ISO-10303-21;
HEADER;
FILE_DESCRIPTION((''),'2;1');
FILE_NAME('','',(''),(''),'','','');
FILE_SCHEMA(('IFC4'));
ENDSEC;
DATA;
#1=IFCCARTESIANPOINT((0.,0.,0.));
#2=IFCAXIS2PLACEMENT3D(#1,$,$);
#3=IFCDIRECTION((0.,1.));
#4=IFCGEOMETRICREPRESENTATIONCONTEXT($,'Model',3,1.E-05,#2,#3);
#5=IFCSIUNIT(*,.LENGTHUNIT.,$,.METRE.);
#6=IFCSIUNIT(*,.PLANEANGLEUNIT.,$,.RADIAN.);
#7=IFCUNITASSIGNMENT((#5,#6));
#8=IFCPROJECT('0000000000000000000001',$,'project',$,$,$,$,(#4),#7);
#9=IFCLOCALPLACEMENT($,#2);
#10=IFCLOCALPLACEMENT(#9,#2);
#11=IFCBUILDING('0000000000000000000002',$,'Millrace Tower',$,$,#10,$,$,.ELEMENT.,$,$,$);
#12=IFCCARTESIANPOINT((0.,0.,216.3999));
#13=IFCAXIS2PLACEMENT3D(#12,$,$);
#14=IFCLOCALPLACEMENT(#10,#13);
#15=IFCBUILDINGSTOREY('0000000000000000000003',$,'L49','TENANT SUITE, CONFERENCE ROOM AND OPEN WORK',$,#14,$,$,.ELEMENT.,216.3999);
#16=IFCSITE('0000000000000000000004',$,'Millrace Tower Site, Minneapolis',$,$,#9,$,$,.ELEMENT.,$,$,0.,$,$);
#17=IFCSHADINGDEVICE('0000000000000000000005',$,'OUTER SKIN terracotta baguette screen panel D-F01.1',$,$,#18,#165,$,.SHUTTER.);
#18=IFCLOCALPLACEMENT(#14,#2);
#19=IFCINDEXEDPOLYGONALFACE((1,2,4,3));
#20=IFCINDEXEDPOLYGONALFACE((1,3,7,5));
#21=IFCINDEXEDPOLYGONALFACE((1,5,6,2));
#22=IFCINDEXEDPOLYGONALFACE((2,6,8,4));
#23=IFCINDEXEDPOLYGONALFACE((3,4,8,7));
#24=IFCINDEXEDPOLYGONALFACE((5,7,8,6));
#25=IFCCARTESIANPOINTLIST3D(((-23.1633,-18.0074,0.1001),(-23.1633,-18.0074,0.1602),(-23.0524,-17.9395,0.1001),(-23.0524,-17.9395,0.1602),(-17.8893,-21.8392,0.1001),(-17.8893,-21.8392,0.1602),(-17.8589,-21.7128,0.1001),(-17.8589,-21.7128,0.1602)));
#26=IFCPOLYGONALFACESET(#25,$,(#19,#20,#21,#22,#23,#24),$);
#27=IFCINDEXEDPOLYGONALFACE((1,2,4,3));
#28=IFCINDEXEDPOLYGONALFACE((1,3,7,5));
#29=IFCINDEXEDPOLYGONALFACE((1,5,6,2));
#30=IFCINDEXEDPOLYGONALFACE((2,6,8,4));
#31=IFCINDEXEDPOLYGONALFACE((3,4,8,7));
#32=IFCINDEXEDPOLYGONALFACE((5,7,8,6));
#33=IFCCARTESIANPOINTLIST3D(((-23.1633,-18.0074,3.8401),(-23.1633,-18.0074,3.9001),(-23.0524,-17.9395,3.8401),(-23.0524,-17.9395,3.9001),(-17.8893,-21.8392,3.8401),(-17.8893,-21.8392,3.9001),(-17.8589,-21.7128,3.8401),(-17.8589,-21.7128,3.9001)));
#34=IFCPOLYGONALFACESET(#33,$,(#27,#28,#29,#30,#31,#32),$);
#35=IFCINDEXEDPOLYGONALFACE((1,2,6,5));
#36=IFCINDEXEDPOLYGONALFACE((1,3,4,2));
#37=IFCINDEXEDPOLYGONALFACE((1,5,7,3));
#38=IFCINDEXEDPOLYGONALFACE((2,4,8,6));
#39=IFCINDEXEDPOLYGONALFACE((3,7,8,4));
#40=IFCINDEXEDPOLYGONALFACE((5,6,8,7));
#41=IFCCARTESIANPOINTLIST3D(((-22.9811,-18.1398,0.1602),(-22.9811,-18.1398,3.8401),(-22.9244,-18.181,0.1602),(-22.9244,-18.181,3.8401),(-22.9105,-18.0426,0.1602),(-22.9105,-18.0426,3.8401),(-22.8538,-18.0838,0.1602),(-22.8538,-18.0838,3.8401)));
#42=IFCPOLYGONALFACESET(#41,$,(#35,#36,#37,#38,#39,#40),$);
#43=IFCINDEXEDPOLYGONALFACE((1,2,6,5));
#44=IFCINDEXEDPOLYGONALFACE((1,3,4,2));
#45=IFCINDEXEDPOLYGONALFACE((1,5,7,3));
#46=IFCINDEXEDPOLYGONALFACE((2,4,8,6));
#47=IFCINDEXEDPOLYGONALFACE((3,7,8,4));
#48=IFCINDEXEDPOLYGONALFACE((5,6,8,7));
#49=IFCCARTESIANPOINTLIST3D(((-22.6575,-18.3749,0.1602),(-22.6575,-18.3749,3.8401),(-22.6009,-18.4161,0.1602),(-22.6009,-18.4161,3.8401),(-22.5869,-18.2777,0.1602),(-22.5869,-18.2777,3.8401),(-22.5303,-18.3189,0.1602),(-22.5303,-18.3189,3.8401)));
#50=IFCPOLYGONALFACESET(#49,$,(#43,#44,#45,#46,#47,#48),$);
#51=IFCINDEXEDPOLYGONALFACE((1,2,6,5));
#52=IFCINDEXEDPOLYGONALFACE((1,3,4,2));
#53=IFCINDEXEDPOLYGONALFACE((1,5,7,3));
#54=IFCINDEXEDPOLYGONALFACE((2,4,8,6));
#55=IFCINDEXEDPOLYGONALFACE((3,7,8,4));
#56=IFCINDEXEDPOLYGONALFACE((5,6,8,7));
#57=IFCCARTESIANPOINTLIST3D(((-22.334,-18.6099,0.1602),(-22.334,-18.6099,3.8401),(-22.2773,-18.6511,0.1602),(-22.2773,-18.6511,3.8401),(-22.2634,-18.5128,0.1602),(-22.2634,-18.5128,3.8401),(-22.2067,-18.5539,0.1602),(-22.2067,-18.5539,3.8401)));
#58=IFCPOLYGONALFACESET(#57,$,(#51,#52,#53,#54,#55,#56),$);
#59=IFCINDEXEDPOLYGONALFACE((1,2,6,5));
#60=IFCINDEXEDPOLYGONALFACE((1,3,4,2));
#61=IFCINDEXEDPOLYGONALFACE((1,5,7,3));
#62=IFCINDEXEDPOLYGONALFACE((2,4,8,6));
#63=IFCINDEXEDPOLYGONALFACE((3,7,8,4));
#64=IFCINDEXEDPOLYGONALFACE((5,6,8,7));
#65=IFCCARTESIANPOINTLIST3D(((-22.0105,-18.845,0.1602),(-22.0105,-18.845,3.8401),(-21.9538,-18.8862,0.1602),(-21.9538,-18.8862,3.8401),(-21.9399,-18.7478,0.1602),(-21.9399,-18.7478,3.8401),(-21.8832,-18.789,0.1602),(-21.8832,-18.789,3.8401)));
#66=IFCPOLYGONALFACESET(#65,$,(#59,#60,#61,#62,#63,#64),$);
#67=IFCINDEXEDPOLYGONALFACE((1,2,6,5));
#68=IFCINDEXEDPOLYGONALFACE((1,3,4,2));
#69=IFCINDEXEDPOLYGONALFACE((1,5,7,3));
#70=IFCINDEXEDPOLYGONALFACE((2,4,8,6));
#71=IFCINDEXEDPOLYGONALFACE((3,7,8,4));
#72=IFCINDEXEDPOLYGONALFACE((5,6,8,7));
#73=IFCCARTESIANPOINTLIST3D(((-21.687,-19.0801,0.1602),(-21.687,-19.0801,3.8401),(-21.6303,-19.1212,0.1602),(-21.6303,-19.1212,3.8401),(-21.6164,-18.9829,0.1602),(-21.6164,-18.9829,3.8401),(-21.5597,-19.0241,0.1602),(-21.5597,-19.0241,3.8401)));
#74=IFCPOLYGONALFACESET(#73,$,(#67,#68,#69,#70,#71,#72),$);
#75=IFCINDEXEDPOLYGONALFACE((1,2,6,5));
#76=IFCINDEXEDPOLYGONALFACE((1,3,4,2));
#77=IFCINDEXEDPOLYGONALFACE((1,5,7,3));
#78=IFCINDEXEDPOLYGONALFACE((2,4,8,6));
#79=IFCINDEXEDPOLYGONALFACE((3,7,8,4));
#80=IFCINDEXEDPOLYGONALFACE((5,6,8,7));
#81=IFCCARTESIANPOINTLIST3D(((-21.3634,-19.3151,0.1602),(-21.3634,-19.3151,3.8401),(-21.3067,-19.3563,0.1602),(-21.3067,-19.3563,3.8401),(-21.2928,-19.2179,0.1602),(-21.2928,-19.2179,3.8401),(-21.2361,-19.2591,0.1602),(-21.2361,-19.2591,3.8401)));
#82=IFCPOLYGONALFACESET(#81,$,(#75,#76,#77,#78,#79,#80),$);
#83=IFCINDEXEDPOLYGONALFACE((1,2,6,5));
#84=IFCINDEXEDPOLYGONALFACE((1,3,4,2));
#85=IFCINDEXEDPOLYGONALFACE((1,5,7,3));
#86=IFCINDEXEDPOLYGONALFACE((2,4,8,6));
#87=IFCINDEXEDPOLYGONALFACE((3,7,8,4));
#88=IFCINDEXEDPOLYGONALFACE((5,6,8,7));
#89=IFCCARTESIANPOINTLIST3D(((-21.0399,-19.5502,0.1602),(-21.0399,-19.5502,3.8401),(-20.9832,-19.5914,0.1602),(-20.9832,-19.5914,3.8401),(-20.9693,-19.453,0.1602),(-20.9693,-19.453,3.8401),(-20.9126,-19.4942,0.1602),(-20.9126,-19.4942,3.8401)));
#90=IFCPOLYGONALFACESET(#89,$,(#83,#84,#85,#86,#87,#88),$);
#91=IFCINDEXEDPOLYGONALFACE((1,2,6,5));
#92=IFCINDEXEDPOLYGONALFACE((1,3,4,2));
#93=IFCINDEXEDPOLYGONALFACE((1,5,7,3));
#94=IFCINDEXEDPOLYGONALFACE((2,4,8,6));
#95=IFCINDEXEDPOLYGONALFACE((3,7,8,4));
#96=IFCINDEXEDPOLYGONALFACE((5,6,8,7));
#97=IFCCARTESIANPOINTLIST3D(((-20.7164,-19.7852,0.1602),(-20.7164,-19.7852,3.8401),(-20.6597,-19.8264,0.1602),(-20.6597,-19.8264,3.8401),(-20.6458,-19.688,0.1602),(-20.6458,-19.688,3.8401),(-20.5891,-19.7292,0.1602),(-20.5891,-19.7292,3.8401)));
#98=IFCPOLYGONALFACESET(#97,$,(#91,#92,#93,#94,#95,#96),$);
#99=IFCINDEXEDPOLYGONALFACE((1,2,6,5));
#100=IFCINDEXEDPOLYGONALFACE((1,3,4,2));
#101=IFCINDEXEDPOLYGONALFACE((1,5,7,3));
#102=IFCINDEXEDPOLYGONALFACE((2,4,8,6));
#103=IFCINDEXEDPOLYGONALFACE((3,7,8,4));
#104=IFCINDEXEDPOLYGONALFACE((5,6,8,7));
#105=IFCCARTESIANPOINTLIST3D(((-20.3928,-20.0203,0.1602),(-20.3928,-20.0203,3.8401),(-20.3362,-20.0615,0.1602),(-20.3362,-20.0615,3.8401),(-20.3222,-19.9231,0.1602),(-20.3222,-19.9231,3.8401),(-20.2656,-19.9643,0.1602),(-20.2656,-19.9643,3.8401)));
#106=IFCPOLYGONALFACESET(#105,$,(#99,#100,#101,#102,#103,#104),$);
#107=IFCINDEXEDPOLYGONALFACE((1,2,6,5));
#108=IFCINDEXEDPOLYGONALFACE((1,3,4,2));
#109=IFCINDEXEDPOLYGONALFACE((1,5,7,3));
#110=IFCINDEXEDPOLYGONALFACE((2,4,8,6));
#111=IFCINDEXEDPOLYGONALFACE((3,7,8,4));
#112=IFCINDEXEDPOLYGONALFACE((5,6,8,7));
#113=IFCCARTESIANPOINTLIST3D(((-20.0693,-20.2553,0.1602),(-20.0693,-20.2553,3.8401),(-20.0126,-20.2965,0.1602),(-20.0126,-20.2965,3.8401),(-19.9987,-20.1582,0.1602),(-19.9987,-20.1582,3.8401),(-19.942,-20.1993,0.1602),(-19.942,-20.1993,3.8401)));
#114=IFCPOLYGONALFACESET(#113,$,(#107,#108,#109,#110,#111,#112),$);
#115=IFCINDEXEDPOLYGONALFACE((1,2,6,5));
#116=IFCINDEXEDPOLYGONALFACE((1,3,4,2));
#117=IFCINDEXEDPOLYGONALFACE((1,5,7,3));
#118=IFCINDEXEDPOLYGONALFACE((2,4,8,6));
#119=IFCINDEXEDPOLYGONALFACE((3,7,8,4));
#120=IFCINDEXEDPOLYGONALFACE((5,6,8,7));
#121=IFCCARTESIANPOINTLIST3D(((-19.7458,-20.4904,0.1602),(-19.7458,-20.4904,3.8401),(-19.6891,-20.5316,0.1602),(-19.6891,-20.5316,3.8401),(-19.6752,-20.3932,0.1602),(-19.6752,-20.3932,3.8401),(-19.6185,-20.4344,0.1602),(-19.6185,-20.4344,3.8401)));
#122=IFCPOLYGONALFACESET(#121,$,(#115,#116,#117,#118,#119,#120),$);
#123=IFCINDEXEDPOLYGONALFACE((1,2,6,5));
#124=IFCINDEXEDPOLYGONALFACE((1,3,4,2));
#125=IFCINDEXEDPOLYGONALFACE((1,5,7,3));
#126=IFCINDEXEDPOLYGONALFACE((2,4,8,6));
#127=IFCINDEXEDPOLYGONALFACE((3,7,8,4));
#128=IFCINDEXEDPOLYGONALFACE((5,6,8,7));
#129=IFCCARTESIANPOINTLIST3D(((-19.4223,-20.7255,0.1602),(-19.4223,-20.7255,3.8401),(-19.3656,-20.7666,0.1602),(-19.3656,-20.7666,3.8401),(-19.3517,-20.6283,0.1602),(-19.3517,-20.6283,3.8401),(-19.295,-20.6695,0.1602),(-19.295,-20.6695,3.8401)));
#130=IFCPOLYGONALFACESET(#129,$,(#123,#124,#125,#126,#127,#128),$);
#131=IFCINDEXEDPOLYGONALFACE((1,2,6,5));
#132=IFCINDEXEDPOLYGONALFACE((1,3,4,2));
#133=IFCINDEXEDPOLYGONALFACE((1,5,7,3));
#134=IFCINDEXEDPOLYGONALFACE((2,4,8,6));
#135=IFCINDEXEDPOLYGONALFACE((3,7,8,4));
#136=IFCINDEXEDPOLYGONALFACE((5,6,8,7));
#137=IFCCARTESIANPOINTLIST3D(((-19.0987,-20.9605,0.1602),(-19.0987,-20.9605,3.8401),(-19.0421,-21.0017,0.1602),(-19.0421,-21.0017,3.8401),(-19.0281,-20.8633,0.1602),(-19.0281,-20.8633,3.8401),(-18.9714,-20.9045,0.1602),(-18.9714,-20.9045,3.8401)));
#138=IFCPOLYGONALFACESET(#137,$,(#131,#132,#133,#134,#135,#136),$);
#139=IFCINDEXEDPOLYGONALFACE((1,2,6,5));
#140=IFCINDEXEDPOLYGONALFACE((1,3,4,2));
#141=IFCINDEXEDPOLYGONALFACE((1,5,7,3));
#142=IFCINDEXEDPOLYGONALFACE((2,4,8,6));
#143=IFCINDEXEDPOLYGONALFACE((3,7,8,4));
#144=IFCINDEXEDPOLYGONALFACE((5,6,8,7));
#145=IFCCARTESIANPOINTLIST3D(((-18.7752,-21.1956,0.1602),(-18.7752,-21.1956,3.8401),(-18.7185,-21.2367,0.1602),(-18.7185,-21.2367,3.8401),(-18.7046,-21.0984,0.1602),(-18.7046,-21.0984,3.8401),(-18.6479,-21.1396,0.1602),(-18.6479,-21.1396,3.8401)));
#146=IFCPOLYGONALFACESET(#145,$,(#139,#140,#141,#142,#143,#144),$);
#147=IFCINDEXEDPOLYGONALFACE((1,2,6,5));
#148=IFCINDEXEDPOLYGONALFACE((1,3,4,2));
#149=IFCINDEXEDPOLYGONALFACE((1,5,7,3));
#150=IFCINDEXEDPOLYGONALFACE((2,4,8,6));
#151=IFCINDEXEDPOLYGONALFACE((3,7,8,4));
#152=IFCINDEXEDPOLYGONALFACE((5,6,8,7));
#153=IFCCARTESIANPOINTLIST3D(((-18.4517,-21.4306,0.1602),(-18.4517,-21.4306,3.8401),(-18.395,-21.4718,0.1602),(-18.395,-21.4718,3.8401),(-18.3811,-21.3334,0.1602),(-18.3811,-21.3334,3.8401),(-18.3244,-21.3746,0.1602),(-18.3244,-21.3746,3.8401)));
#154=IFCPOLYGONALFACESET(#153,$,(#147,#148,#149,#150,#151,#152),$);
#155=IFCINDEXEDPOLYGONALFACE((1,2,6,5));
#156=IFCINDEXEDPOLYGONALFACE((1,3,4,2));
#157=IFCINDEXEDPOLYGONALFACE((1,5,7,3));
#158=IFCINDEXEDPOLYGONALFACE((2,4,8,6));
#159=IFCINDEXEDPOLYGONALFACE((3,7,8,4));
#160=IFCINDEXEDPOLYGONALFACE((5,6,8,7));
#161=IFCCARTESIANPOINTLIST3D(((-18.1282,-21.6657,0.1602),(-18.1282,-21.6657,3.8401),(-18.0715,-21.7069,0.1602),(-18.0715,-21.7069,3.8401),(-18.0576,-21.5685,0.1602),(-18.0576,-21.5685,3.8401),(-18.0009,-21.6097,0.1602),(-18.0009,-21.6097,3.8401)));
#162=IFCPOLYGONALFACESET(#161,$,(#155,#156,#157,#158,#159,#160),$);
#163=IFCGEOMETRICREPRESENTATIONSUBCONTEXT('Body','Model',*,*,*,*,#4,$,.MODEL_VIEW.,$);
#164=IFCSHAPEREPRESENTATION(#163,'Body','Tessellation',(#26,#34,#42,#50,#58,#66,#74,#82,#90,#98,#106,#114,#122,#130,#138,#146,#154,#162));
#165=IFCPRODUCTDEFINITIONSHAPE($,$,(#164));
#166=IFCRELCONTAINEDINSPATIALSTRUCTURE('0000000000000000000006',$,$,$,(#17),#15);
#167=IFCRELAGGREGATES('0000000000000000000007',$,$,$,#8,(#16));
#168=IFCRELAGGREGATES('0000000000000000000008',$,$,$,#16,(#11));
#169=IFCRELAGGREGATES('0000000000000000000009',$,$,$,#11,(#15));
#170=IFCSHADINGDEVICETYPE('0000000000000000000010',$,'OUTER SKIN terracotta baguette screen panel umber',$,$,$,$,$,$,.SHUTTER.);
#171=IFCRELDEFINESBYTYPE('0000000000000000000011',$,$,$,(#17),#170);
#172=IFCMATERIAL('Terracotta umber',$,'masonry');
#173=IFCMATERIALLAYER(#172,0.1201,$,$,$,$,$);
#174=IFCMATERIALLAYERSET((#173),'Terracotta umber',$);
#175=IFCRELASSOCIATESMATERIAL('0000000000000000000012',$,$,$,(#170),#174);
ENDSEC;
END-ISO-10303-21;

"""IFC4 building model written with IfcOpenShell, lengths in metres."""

from ifc_helpers import new_model, entity, si_unit, direction, frame, frame_2d, origin, place, context, subcontext, project, spatial, rectangle, extrude, source, transform, mapped, material, layer, layer_set, type_object, element, save


model = new_model("IFC4")

# Units and contexts
model_context = context("Model", 3, precision=1e-05, world=origin(), true_north=direction((0.0, 1.0)))
body_context = subcontext(model_context, "Body", "Model", "MODEL_VIEW")
ifc_project = project(units=[si_unit("LENGTHUNIT", "METRE"), si_unit("PLANEANGLEUNIT", "RADIAN")], contexts=[model_context])

# Site, building, storey
site_placement = place(None, origin())
site = spatial("IfcSite", under=ifc_project, at=site_placement, Name="Millrace Tower Site, Minneapolis", CompositionType="ELEMENT", RefElevation=0.0)
building_placement = place(site_placement, origin())
building = spatial("IfcBuilding", under=site, at=building_placement, Name="Millrace Tower", CompositionType="ELEMENT")
storey_placement = place(building_placement, frame((0.0, 0.0, 216.3999)))
storey = spatial("IfcBuildingStorey", under=building, at=storey_placement, Name="L49", Description="TENANT SUITE, CONFERENCE ROOM AND OPEN WORK", CompositionType="ELEMENT", Elevation=216.3999)

# Shading device
ifc_material_1 = material(Name="Terracotta umber", Category="masonry")
ifc_layer_1 = layer(ifc_material_1, 0.1201)
ifc_layer_set_1 = layer_set([ifc_layer_1], Name="Terracotta umber")
shading_device_type = type_object("IfcShadingDeviceType", Name="OUTER SKIN terracotta baguette screen panel umber", PredefinedType="SHUTTER", material=ifc_layer_set_1)
cartesian_point_1 = entity("IfcCartesianPoint", [-3.2097, 0.0601])
shared_polyline_1 = entity("IfcPolyline", [cartesian_point_1, entity("IfcCartesianPoint", [3.2097, 0.0601]), entity("IfcCartesianPoint", [3.2595, -0.0601]), entity("IfcCartesianPoint", [-3.2595, -0.0601]), cartesian_point_1])
shared_shape_1 = source(origin(), body_context, "Body", "SweptSolid", [
    entity("IfcExtrudedAreaSolid", entity("IfcArbitraryClosedProfileDef", "AREA", None, shared_polyline_1), entity("IfcAxis2Placement3D", entity("IfcCartesianPoint", [0.0, 0.0, 0.0])), entity("IfcDirection", [0.0, 0.0, 1.0]), 0.0601),
    entity("IfcExtrudedAreaSolid", entity("IfcArbitraryClosedProfileDef", "AREA", None, shared_polyline_1), entity("IfcAxis2Placement3D", entity("IfcCartesianPoint", [0.0, 0.0, 3.74])), entity("IfcDirection", [0.0, 0.0, 1.0]), 0.0601),
    extrude(rectangle(XDim=0.0701, YDim=0.1201, at=frame_2d((-2.9993, 0.0))), frame((0.0, 0.0, 0.0601)), (0.0, 0.0, 1.0), 3.6799),
    extrude(rectangle(XDim=0.0701, YDim=0.1201, at=frame_2d((-2.5994, 0.0))), frame((0.0, 0.0, 0.0601)), (0.0, 0.0, 1.0), 3.6799),
    extrude(rectangle(XDim=0.0701, YDim=0.1201, at=frame_2d((-2.1995, 0.0))), frame((0.0, 0.0, 0.0601)), (0.0, 0.0, 1.0), 3.6799),
    extrude(rectangle(XDim=0.0701, YDim=0.1201, at=frame_2d((-1.7996, 0.0))), frame((0.0, 0.0, 0.0601)), (0.0, 0.0, 1.0), 3.6799),
    extrude(rectangle(XDim=0.0701, YDim=0.1201, at=frame_2d((-1.3997, 0.0))), frame((0.0, 0.0, 0.0601)), (0.0, 0.0, 1.0), 3.6799),
    extrude(rectangle(XDim=0.0701, YDim=0.1201, at=frame_2d((-0.9998, 0.0))), frame((0.0, 0.0, 0.0601)), (0.0, 0.0, 1.0), 3.6799),
    extrude(rectangle(XDim=0.0701, YDim=0.1201, at=frame_2d((-0.5999, 0.0))), frame((0.0, 0.0, 0.0601)), (0.0, 0.0, 1.0), 3.6799),
    extrude(rectangle(XDim=0.0701, YDim=0.1201, at=frame_2d((-0.2, 0.0))), frame((0.0, 0.0, 0.0601)), (0.0, 0.0, 1.0), 3.6799),
    extrude(rectangle(XDim=0.0701, YDim=0.1201, at=frame_2d((0.2, 0.0))), frame((0.0, 0.0, 0.0601)), (0.0, 0.0, 1.0), 3.6799),
    extrude(rectangle(XDim=0.0701, YDim=0.1201, at=frame_2d((0.5999, 0.0))), frame((0.0, 0.0, 0.0601)), (0.0, 0.0, 1.0), 3.6799),
    extrude(rectangle(XDim=0.0701, YDim=0.1201, at=frame_2d((0.9998, 0.0))), frame((0.0, 0.0, 0.0601)), (0.0, 0.0, 1.0), 3.6799),
    extrude(rectangle(XDim=0.0701, YDim=0.1201, at=frame_2d((1.3997, 0.0))), frame((0.0, 0.0, 0.0601)), (0.0, 0.0, 1.0), 3.6799),
    extrude(rectangle(XDim=0.0701, YDim=0.1201, at=frame_2d((1.7996, 0.0))), frame((0.0, 0.0, 0.0601)), (0.0, 0.0, 1.0), 3.6799),
    extrude(rectangle(XDim=0.0701, YDim=0.1201, at=frame_2d((2.1995, 0.0))), frame((0.0, 0.0, 0.0601)), (0.0, 0.0, 1.0), 3.6799),
    extrude(rectangle(XDim=0.0701, YDim=0.1201, at=frame_2d((2.5994, 0.0))), frame((0.0, 0.0, 0.0601)), (0.0, 0.0, 1.0), 3.6799),
    extrude(rectangle(XDim=0.0701, YDim=0.1201, at=frame_2d((2.9993, 0.0))), frame((0.0, 0.0, 0.0601)), (0.0, 0.0, 1.0), 3.6799),
])
shading_device_1_placement = place(storey_placement, frame((-20.491, -19.8748, 0.1001), z_axis=(0.0, 0.0, 1.0), x_axis=(0.809017, -0.587785, 0.0)))
element("IfcShadingDevice", 1, at=shading_device_1_placement, inside=storey, type_object=shading_device_type, Name="OUTER SKIN terracotta baguette screen panel D-F01.1", PredefinedType="SHUTTER", context=body_context, shape_type="MappedRepresentation", body=[
    mapped(shared_shape_1, transform((0.0, 0.0, 0.0), scale=1.0)),
])

save(model, "model.ifc")
